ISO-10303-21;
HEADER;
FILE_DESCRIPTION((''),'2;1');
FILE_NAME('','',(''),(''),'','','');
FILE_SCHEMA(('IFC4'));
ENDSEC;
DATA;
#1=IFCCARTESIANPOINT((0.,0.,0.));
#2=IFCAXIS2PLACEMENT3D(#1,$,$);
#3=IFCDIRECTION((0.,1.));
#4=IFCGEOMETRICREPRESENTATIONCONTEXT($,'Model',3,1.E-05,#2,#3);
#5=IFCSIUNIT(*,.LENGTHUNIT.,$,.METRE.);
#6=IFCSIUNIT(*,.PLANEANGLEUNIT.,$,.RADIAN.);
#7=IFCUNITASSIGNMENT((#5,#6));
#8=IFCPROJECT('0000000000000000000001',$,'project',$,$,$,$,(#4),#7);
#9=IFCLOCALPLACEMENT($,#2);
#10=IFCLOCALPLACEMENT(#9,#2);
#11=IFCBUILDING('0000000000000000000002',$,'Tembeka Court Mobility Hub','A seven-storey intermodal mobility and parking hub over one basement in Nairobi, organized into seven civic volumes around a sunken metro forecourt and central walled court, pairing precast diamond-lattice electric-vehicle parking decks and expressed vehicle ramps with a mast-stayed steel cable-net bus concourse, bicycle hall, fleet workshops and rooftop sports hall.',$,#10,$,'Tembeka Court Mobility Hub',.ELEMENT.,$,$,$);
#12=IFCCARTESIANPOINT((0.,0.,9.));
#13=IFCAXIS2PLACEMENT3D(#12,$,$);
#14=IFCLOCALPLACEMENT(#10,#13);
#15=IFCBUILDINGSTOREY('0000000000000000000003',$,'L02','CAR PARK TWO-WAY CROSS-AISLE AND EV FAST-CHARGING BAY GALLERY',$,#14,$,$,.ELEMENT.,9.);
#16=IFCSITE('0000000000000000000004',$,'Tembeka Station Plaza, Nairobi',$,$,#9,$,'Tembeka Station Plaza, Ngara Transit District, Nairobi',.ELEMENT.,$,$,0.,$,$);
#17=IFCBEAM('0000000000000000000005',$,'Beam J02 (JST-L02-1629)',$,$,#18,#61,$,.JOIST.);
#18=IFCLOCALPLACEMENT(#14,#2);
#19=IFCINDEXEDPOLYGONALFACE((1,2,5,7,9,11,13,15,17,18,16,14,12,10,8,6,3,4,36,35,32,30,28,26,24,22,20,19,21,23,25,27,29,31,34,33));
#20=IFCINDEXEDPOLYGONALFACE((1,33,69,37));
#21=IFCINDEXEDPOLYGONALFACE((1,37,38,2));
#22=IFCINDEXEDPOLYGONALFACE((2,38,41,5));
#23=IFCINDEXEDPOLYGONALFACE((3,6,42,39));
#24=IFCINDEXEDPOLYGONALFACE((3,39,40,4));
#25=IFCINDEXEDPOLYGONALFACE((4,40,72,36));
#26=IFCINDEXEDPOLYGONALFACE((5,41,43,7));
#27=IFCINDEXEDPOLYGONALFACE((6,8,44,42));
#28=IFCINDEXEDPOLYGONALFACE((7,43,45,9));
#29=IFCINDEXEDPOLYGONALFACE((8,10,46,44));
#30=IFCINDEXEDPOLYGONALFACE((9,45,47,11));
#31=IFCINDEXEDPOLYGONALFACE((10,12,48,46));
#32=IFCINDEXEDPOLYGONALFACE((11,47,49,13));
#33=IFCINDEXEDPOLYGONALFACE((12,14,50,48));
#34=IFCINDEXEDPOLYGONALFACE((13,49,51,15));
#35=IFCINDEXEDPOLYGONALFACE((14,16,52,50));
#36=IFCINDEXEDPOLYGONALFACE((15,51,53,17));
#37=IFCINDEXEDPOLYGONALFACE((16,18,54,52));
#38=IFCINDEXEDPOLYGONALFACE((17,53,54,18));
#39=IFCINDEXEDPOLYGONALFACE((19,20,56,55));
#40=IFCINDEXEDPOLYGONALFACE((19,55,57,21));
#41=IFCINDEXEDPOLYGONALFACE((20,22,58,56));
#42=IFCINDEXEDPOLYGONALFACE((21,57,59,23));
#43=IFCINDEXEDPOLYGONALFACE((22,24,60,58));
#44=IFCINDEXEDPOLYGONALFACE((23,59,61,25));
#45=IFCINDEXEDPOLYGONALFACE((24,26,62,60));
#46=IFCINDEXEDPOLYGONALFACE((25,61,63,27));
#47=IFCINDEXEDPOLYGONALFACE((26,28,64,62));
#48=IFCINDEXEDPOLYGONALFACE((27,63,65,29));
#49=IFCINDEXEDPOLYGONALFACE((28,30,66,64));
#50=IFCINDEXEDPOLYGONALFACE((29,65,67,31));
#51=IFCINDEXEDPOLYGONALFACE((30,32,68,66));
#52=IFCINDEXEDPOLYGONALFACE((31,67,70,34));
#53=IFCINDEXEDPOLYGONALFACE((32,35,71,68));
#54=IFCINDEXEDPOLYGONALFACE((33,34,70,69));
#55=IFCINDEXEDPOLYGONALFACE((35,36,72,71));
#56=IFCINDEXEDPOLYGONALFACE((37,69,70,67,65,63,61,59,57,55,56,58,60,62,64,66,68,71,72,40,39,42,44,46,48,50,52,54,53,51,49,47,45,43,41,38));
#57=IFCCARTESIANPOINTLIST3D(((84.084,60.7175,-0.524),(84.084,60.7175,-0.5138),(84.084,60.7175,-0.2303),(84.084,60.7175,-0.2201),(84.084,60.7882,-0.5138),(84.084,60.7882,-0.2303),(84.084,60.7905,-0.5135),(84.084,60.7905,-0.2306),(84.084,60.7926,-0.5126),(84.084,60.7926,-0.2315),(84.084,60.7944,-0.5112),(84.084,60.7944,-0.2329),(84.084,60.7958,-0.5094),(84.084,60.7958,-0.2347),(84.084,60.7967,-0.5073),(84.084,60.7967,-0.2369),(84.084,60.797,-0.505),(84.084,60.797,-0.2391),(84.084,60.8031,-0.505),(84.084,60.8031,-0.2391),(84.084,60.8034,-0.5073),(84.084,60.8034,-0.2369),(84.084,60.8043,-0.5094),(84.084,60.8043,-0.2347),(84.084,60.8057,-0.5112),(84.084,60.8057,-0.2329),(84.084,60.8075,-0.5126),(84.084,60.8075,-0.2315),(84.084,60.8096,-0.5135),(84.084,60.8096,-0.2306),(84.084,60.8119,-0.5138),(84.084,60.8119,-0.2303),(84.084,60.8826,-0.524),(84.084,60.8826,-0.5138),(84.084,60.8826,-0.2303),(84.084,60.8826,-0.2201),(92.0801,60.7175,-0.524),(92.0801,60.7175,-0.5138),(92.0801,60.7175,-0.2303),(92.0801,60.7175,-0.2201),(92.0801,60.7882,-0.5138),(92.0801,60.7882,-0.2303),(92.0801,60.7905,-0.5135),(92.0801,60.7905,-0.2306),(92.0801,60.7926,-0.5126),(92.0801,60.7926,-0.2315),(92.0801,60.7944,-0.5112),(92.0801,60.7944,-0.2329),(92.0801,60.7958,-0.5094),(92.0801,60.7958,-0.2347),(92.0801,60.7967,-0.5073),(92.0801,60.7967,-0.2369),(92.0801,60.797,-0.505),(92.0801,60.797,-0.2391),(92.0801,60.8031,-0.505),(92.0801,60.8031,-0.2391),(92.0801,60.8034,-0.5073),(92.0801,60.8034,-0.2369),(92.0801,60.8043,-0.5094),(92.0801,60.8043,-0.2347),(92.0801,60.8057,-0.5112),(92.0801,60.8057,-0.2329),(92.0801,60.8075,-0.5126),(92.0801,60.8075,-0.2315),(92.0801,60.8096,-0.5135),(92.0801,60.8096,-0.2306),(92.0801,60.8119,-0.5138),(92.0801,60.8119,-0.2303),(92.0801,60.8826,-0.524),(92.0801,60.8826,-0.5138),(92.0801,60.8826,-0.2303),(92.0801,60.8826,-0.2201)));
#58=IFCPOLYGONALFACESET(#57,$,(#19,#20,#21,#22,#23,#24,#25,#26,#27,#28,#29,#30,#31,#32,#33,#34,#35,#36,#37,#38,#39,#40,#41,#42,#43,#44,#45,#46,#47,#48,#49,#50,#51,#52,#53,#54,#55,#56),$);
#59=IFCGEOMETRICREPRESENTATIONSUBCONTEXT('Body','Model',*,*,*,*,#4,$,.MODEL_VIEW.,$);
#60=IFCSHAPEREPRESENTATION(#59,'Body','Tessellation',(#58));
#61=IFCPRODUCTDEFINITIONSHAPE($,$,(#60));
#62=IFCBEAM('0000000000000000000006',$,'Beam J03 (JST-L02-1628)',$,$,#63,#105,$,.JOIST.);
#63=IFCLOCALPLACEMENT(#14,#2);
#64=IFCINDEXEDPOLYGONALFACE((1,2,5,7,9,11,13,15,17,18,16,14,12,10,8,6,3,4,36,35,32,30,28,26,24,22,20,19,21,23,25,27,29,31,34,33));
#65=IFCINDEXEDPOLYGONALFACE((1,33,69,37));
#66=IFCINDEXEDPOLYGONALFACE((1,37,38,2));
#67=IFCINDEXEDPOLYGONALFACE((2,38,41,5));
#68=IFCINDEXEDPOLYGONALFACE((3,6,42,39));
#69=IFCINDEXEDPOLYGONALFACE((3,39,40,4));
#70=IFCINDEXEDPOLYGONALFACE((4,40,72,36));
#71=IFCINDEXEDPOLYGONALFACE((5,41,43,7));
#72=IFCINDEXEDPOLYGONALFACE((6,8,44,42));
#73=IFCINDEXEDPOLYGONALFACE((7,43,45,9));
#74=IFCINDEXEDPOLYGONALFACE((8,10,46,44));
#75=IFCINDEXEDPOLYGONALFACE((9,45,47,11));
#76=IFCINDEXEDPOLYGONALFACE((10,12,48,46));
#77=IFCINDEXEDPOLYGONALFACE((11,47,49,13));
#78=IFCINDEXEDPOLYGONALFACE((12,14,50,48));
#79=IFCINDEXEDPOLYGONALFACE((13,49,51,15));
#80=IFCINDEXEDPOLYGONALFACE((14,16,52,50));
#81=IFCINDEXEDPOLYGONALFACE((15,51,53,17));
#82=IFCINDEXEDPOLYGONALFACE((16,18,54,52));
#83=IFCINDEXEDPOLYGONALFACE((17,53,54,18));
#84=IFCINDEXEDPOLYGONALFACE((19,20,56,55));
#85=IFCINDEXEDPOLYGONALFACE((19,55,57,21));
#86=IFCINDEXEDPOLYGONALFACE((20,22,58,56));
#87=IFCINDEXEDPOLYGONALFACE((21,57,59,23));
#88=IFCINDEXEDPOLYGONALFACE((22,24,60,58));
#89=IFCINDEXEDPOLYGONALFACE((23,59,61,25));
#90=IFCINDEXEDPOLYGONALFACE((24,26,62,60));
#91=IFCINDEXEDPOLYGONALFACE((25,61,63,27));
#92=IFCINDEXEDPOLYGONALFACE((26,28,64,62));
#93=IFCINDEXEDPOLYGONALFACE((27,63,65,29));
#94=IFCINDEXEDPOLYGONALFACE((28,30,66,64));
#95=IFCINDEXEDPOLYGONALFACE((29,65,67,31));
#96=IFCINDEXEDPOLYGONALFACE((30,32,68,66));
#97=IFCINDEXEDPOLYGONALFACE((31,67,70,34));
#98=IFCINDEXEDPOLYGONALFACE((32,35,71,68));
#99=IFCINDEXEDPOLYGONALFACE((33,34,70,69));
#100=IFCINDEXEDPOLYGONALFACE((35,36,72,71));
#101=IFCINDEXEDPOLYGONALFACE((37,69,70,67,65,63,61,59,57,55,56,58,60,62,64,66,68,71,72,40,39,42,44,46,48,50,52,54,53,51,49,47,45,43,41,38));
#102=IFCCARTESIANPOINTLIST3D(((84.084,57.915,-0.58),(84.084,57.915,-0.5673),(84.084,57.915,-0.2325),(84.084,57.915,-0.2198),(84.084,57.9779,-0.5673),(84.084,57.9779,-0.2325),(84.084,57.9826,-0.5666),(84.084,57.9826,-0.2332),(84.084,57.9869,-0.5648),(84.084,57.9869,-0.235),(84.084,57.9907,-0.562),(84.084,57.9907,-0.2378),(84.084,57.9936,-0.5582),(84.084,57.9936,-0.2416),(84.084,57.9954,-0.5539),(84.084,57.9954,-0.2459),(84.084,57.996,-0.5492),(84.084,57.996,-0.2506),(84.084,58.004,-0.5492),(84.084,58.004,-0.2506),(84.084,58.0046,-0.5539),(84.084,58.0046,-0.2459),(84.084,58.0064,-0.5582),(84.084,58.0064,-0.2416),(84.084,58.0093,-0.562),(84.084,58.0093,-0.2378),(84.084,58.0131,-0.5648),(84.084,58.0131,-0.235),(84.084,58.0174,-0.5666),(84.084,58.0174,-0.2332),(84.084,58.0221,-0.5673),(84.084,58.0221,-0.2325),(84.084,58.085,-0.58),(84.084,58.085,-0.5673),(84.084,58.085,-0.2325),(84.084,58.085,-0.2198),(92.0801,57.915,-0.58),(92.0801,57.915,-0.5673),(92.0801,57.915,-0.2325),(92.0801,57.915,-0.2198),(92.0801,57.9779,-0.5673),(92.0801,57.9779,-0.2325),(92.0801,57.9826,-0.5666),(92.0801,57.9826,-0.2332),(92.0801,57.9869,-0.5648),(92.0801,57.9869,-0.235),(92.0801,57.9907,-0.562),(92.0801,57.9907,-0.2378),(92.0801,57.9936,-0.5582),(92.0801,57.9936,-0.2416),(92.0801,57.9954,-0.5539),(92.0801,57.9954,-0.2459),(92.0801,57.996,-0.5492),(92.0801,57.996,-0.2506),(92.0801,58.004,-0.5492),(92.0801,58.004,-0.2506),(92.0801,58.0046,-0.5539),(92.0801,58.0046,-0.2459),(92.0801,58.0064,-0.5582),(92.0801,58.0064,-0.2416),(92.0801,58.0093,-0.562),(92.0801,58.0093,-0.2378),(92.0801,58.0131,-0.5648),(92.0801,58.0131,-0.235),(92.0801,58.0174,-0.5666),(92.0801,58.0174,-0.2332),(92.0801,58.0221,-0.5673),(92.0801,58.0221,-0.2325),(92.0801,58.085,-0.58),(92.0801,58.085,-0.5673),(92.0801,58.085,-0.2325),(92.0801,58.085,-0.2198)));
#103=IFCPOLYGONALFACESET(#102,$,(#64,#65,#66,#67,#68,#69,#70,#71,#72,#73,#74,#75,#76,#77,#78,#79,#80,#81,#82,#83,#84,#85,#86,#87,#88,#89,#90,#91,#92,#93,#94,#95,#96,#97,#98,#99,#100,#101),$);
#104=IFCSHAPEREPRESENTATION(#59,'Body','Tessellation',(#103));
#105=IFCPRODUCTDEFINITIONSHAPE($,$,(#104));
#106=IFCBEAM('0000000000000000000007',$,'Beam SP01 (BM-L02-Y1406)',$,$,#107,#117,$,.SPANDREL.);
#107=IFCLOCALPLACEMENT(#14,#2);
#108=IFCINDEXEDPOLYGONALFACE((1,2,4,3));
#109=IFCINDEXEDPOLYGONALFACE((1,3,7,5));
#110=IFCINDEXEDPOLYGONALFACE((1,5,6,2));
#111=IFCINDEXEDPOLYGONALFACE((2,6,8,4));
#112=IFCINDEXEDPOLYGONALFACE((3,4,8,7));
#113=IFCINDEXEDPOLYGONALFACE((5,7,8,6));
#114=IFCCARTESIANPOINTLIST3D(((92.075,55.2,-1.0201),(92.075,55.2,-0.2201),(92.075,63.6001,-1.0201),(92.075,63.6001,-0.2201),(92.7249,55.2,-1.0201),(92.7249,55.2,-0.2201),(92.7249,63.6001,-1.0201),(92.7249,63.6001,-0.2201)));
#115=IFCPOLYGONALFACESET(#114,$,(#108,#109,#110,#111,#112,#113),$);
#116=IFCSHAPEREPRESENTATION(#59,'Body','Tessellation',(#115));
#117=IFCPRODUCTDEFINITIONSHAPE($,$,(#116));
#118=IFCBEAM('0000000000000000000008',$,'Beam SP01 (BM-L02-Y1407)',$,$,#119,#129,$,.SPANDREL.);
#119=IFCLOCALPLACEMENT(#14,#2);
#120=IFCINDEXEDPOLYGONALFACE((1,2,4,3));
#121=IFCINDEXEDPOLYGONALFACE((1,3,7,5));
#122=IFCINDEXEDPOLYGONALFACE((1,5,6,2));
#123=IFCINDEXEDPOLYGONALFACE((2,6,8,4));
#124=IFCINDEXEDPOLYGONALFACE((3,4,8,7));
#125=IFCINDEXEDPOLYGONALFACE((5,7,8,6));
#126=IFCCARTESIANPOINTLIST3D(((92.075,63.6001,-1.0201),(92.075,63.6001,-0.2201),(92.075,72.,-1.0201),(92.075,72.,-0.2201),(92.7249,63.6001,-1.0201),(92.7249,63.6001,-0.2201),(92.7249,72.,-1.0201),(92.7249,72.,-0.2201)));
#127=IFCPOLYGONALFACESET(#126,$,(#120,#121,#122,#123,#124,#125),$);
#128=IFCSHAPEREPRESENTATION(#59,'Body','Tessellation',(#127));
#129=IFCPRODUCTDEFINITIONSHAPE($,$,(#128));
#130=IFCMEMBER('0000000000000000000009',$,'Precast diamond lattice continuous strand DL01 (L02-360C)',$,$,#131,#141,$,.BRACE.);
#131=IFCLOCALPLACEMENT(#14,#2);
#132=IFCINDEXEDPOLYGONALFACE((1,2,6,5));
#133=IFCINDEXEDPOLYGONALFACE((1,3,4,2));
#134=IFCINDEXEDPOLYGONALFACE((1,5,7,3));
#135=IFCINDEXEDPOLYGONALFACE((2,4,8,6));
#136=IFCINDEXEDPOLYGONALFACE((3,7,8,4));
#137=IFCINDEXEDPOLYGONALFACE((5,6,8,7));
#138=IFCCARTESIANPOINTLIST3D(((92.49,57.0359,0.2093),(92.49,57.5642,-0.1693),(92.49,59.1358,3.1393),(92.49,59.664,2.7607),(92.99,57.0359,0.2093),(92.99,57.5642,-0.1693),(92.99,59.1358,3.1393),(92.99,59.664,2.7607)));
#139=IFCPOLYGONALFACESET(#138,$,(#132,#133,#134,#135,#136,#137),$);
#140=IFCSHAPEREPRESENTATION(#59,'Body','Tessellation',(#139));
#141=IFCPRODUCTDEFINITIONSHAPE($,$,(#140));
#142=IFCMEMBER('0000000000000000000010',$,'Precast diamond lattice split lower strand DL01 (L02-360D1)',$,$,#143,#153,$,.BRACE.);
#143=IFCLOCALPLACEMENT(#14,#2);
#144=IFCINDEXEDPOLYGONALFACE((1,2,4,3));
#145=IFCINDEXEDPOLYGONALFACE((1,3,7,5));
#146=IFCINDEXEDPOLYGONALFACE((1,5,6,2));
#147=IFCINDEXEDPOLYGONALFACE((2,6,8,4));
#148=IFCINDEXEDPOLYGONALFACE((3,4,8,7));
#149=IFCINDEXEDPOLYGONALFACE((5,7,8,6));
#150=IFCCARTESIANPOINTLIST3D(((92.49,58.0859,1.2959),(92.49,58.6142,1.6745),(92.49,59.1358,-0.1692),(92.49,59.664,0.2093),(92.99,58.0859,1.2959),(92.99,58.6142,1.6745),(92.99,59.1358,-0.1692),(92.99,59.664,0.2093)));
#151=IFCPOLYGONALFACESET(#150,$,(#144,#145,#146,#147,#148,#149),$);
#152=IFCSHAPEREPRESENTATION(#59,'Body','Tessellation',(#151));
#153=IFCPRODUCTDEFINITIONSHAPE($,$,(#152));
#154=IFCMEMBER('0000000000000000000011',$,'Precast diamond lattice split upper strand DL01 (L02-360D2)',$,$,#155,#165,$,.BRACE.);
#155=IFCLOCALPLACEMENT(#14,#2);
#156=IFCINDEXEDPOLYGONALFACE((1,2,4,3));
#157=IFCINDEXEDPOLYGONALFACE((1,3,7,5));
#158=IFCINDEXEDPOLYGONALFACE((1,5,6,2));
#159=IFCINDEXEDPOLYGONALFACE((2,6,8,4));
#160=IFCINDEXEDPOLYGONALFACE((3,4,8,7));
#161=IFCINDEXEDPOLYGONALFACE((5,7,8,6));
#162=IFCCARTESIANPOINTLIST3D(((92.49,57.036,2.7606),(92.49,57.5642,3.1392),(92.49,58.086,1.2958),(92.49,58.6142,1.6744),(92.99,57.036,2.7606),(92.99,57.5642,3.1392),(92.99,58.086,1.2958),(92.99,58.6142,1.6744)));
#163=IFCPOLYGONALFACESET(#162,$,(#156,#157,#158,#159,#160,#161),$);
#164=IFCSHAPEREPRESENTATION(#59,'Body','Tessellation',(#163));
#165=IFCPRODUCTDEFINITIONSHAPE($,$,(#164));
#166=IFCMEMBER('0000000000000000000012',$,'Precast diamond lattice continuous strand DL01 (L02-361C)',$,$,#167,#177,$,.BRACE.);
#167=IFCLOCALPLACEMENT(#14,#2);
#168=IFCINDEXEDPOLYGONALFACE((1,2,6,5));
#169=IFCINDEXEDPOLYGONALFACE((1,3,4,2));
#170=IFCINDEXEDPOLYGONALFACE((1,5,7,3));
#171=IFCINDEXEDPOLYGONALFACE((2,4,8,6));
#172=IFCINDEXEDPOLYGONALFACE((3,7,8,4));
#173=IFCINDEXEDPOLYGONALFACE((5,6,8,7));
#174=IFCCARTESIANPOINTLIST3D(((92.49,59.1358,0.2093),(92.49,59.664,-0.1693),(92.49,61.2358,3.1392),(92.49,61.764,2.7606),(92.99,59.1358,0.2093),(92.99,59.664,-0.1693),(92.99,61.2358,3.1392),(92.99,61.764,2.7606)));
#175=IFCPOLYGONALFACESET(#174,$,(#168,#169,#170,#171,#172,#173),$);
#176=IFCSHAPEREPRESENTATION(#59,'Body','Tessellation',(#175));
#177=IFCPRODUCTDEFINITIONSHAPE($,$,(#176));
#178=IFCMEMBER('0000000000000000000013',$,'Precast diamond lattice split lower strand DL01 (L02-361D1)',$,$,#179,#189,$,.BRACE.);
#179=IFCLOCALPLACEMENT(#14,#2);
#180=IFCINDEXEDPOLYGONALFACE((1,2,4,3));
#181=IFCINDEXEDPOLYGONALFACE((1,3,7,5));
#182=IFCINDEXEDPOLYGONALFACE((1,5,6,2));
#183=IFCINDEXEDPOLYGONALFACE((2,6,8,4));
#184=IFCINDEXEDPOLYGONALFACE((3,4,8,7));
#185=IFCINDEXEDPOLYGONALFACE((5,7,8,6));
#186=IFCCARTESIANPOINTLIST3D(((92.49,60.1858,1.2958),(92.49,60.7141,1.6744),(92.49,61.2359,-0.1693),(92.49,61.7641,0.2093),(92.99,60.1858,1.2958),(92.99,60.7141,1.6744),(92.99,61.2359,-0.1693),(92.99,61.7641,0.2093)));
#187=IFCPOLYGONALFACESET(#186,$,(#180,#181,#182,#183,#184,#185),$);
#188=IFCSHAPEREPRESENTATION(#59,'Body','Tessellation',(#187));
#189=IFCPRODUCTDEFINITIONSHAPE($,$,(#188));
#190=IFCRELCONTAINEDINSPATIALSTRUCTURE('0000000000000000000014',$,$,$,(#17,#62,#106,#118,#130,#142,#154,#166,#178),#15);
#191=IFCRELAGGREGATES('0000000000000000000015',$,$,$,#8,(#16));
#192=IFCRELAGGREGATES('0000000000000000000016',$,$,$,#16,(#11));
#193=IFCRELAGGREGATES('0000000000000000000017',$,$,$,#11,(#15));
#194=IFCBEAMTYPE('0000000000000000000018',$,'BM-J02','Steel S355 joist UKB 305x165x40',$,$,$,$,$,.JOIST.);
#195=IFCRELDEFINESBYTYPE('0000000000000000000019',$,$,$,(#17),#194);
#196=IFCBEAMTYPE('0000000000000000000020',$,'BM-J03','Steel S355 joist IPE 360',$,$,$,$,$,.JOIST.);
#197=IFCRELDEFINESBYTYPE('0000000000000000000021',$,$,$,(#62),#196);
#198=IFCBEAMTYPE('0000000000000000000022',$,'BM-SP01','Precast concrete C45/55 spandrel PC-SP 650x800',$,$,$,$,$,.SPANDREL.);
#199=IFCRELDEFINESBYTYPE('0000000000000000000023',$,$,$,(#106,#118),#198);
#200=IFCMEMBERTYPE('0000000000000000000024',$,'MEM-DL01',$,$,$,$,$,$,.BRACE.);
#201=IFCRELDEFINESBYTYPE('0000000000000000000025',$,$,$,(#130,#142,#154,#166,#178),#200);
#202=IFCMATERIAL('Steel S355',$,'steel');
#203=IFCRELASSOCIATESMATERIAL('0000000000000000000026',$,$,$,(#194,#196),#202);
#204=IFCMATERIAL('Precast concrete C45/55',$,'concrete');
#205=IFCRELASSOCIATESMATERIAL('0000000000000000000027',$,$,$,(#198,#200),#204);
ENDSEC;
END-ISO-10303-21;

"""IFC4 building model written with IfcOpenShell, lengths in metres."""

from ifc_helpers import new_model, si_unit, direction, frame, origin, origin_2d, place, context, subcontext, project, spatial, rectangle, i_section, extrude, material, material_profile, profile_set, type_object, element, save


model = new_model("IFC4")

# Units and contexts
model_context = context("Model", 3, precision=1e-05, world=origin(), true_north=direction((0.0, 1.0)))
body_context = subcontext(model_context, "Body", "Model", "MODEL_VIEW")
ifc_project = project(units=[si_unit("LENGTHUNIT", "METRE"), si_unit("PLANEANGLEUNIT", "RADIAN")], contexts=[model_context])

# Site, building, storey
site_placement = place(None, origin())
site = spatial("IfcSite", under=ifc_project, at=site_placement, Name="Tembeka Station Plaza, Nairobi", LongName="Tembeka Station Plaza, Ngara Transit District, Nairobi", CompositionType="ELEMENT", RefElevation=0.0)
building_placement = place(site_placement, origin())
building = spatial("IfcBuilding", under=site, at=building_placement, Name="Tembeka Court Mobility Hub", Description="A seven-storey intermodal mobility and parking hub over one basement in Nairobi, organized into seven civic volumes around a sunken metro forecourt and central walled court, pairing precast diamond-lattice electric-vehicle parking decks and expressed vehicle ramps with a mast-stayed steel cable-net bus concourse, bicycle hall, fleet workshops and rooftop sports hall.", LongName="Tembeka Court Mobility Hub", CompositionType="ELEMENT")
storey_placement = place(building_placement, frame((0.0, 0.0, 9.0)))
storey = spatial("IfcBuildingStorey", under=building, at=storey_placement, Name="L02", Description="CAR PARK TWO-WAY CROSS-AISLE AND EV FAST-CHARGING BAY GALLERY", CompositionType="ELEMENT", Elevation=9.0)

# Shared definitions
ifc_material_1 = material(Name="Steel S355", Category="steel")

# Beams
ifc_material_profile_1 = material_profile(ifc_material_1, i_section(OverallWidth=0.165, OverallDepth=0.304, WebThickness=0.0061, FlangeThickness=0.0103, FilletRadius=0.0088, at=origin_2d()), Name="UKB 305x165x40")
ifc_profile_set_1 = profile_set([ifc_material_profile_1], Name="Steel S355")
beam_type_1 = type_object("IfcBeamType", Name="BM-J02", Description="Steel S355 joist UKB 305x165x40", PredefinedType="JOIST", material=ifc_profile_set_1)
beam_1_placement = place(storey_placement, frame((84.084, 60.8, -0.3721), z_axis=(1.0, 0.0, 0.0), x_axis=(0.0, 1.0, 0.0)))
element("IfcBeam", 1, at=beam_1_placement, inside=storey, type_object=beam_type_1, Name="Beam J02 (JST-L02-1629)", PredefinedType="JOIST", context=body_context, shape_type="SweptSolid", body=[
    extrude(i_section(OverallWidth=0.165, OverallDepth=0.304, WebThickness=0.0061, FlangeThickness=0.0103, FilletRadius=0.0088, at=origin_2d()), origin(), (0.0, 0.0, 1.0), 7.9961),
])
ifc_material_profile_2 = material_profile(ifc_material_1, i_section(OverallWidth=0.1699, OverallDepth=0.3601, WebThickness=0.0081, FlangeThickness=0.0127, FilletRadius=0.0181, at=origin_2d()), Name="IPE 360")
ifc_profile_set_2 = profile_set([ifc_material_profile_2], Name="Steel S355")
beam_type_2 = type_object("IfcBeamType", Name="BM-J03", Description="Steel S355 joist IPE 360", PredefinedType="JOIST", material=ifc_profile_set_2)
beam_2_placement = place(storey_placement, frame((84.084, 58.0, -0.3999), z_axis=(1.0, 0.0, 0.0), x_axis=(0.0, 1.0, 0.0)))
element("IfcBeam", 2, at=beam_2_placement, inside=storey, type_object=beam_type_2, Name="Beam J03 (JST-L02-1628)", PredefinedType="JOIST", context=body_context, shape_type="SweptSolid", body=[
    extrude(i_section(OverallWidth=0.1699, OverallDepth=0.3601, WebThickness=0.0081, FlangeThickness=0.0127, FilletRadius=0.0181, at=origin_2d()), origin(), (0.0, 0.0, 1.0), 7.9961),
])
ifc_material_2 = material(Name="Precast concrete C45/55", Category="concrete")
ifc_material_profile_3 = material_profile(ifc_material_2, rectangle(XDim=0.6499, YDim=0.8, at=origin_2d()), Name="PC-SP 650x800")
ifc_profile_set_3 = profile_set([ifc_material_profile_3], Name="Precast concrete C45/55")
beam_type_3 = type_object("IfcBeamType", Name="BM-SP01", Description="Precast concrete C45/55 spandrel PC-SP 650x800", PredefinedType="SPANDREL", material=ifc_profile_set_3)
beam_3_placement = place(storey_placement, frame((92.3999, 55.2, -0.6201), z_axis=(0.0, 1.0, 0.0), x_axis=(-1.0, 0.0, 0.0)))
element("IfcBeam", 3, at=beam_3_placement, inside=storey, type_object=beam_type_3, Name="Beam SP01 (BM-L02-Y1406)", PredefinedType="SPANDREL", context=body_context, shape_type="SweptSolid", body=[
    extrude(rectangle(XDim=0.6499, YDim=0.8, at=origin_2d()), origin(), (0.0, 0.0, 1.0), 8.4001),
])
beam_4_placement = place(storey_placement, frame((92.3999, 63.6001, -0.6201), z_axis=(0.0, 1.0, 0.0), x_axis=(-1.0, 0.0, 0.0)))
element("IfcBeam", 4, at=beam_4_placement, inside=storey, type_object=beam_type_3, Name="Beam SP01 (BM-L02-Y1407)", PredefinedType="SPANDREL", context=body_context, shape_type="SweptSolid", body=[
    extrude(rectangle(XDim=0.6499, YDim=0.8, at=origin_2d()), origin(), (0.0, 0.0, 1.0), 8.3999),
])

# Members
ifc_material_profile_4 = material_profile(ifc_material_2, rectangle(XDim=0.5, YDim=0.6499, at=origin_2d()), Name="PC-DIAG 500x650")
ifc_profile_set_4 = profile_set([ifc_material_profile_4], Name="Precast concrete C45/55")
member_type_1 = type_object("IfcMemberType", Name="MEM-DL01", PredefinedType="BRACE", material=ifc_profile_set_4)
member_1_placement = place(storey_placement, frame((92.74, 57.3, 0.02), z_axis=(0.0, 0.582532, 0.812808), x_axis=(-1.0, 0.0, 0.0)))
element("IfcMember", 5, at=member_1_placement, inside=storey, type_object=member_type_1, Name="Precast diamond lattice continuous strand DL01 (L02-360C)", PredefinedType="BRACE", context=body_context, shape_type="SweptSolid", body=[
    extrude(rectangle(XDim=0.5, YDim=0.6499, at=origin_2d()), origin(), (0.0, 0.0, 1.0), 3.6047),
])
member_2_placement = place(storey_placement, frame((92.74, 59.3999, 0.02), z_axis=(0.0, -0.582455, 0.812863), x_axis=(1.0, 0.0, 0.0)))
element("IfcMember", 6, at=member_2_placement, inside=storey, type_object=member_type_1, Name="Precast diamond lattice split lower strand DL01 (L02-360D1)", PredefinedType="BRACE", context=body_context, shape_type="SweptSolid", body=[
    extrude(rectangle(XDim=0.5, YDim=0.6499, at=origin_2d()), origin(), (0.0, 0.0, 1.0), 1.8025),
])
member_3_placement = place(storey_placement, frame((92.74, 58.3501, 1.4851), z_axis=(0.0, -0.582608, 0.812753), x_axis=(1.0, 0.0, 0.0)))
element("IfcMember", 7, at=member_3_placement, inside=storey, type_object=member_type_1, Name="Precast diamond lattice split upper strand DL01 (L02-360D2)", PredefinedType="BRACE", context=body_context, shape_type="SweptSolid", body=[
    extrude(rectangle(XDim=0.5, YDim=0.6499, at=origin_2d()), origin(), (0.0, 0.0, 1.0), 1.8022),
])
member_4_placement = place(storey_placement, frame((92.74, 59.3999, 0.02), z_axis=(0.0, 0.582576, 0.812776), x_axis=(-1.0, 0.0, 0.0)))
element("IfcMember", 8, at=member_4_placement, inside=storey, type_object=member_type_1, Name="Precast diamond lattice continuous strand DL01 (L02-361C)", PredefinedType="BRACE", context=body_context, shape_type="SweptSolid", body=[
    extrude(rectangle(XDim=0.5, YDim=0.6499, at=origin_2d()), origin(), (0.0, 0.0, 1.0), 3.6047),
])
member_5_placement = place(storey_placement, frame((92.74, 61.5, 0.02), z_axis=(0.0, -0.582544, 0.812799), x_axis=(1.0, 0.0, 0.0)))
element("IfcMember", 9, at=member_5_placement, inside=storey, type_object=member_type_1, Name="Precast diamond lattice split lower strand DL01 (L02-361D1)", PredefinedType="BRACE", context=body_context, shape_type="SweptSolid", body=[
    extrude(rectangle(XDim=0.5, YDim=0.6499, at=origin_2d()), origin(), (0.0, 0.0, 1.0), 1.8025),
])

save(model, "model.ifc")
